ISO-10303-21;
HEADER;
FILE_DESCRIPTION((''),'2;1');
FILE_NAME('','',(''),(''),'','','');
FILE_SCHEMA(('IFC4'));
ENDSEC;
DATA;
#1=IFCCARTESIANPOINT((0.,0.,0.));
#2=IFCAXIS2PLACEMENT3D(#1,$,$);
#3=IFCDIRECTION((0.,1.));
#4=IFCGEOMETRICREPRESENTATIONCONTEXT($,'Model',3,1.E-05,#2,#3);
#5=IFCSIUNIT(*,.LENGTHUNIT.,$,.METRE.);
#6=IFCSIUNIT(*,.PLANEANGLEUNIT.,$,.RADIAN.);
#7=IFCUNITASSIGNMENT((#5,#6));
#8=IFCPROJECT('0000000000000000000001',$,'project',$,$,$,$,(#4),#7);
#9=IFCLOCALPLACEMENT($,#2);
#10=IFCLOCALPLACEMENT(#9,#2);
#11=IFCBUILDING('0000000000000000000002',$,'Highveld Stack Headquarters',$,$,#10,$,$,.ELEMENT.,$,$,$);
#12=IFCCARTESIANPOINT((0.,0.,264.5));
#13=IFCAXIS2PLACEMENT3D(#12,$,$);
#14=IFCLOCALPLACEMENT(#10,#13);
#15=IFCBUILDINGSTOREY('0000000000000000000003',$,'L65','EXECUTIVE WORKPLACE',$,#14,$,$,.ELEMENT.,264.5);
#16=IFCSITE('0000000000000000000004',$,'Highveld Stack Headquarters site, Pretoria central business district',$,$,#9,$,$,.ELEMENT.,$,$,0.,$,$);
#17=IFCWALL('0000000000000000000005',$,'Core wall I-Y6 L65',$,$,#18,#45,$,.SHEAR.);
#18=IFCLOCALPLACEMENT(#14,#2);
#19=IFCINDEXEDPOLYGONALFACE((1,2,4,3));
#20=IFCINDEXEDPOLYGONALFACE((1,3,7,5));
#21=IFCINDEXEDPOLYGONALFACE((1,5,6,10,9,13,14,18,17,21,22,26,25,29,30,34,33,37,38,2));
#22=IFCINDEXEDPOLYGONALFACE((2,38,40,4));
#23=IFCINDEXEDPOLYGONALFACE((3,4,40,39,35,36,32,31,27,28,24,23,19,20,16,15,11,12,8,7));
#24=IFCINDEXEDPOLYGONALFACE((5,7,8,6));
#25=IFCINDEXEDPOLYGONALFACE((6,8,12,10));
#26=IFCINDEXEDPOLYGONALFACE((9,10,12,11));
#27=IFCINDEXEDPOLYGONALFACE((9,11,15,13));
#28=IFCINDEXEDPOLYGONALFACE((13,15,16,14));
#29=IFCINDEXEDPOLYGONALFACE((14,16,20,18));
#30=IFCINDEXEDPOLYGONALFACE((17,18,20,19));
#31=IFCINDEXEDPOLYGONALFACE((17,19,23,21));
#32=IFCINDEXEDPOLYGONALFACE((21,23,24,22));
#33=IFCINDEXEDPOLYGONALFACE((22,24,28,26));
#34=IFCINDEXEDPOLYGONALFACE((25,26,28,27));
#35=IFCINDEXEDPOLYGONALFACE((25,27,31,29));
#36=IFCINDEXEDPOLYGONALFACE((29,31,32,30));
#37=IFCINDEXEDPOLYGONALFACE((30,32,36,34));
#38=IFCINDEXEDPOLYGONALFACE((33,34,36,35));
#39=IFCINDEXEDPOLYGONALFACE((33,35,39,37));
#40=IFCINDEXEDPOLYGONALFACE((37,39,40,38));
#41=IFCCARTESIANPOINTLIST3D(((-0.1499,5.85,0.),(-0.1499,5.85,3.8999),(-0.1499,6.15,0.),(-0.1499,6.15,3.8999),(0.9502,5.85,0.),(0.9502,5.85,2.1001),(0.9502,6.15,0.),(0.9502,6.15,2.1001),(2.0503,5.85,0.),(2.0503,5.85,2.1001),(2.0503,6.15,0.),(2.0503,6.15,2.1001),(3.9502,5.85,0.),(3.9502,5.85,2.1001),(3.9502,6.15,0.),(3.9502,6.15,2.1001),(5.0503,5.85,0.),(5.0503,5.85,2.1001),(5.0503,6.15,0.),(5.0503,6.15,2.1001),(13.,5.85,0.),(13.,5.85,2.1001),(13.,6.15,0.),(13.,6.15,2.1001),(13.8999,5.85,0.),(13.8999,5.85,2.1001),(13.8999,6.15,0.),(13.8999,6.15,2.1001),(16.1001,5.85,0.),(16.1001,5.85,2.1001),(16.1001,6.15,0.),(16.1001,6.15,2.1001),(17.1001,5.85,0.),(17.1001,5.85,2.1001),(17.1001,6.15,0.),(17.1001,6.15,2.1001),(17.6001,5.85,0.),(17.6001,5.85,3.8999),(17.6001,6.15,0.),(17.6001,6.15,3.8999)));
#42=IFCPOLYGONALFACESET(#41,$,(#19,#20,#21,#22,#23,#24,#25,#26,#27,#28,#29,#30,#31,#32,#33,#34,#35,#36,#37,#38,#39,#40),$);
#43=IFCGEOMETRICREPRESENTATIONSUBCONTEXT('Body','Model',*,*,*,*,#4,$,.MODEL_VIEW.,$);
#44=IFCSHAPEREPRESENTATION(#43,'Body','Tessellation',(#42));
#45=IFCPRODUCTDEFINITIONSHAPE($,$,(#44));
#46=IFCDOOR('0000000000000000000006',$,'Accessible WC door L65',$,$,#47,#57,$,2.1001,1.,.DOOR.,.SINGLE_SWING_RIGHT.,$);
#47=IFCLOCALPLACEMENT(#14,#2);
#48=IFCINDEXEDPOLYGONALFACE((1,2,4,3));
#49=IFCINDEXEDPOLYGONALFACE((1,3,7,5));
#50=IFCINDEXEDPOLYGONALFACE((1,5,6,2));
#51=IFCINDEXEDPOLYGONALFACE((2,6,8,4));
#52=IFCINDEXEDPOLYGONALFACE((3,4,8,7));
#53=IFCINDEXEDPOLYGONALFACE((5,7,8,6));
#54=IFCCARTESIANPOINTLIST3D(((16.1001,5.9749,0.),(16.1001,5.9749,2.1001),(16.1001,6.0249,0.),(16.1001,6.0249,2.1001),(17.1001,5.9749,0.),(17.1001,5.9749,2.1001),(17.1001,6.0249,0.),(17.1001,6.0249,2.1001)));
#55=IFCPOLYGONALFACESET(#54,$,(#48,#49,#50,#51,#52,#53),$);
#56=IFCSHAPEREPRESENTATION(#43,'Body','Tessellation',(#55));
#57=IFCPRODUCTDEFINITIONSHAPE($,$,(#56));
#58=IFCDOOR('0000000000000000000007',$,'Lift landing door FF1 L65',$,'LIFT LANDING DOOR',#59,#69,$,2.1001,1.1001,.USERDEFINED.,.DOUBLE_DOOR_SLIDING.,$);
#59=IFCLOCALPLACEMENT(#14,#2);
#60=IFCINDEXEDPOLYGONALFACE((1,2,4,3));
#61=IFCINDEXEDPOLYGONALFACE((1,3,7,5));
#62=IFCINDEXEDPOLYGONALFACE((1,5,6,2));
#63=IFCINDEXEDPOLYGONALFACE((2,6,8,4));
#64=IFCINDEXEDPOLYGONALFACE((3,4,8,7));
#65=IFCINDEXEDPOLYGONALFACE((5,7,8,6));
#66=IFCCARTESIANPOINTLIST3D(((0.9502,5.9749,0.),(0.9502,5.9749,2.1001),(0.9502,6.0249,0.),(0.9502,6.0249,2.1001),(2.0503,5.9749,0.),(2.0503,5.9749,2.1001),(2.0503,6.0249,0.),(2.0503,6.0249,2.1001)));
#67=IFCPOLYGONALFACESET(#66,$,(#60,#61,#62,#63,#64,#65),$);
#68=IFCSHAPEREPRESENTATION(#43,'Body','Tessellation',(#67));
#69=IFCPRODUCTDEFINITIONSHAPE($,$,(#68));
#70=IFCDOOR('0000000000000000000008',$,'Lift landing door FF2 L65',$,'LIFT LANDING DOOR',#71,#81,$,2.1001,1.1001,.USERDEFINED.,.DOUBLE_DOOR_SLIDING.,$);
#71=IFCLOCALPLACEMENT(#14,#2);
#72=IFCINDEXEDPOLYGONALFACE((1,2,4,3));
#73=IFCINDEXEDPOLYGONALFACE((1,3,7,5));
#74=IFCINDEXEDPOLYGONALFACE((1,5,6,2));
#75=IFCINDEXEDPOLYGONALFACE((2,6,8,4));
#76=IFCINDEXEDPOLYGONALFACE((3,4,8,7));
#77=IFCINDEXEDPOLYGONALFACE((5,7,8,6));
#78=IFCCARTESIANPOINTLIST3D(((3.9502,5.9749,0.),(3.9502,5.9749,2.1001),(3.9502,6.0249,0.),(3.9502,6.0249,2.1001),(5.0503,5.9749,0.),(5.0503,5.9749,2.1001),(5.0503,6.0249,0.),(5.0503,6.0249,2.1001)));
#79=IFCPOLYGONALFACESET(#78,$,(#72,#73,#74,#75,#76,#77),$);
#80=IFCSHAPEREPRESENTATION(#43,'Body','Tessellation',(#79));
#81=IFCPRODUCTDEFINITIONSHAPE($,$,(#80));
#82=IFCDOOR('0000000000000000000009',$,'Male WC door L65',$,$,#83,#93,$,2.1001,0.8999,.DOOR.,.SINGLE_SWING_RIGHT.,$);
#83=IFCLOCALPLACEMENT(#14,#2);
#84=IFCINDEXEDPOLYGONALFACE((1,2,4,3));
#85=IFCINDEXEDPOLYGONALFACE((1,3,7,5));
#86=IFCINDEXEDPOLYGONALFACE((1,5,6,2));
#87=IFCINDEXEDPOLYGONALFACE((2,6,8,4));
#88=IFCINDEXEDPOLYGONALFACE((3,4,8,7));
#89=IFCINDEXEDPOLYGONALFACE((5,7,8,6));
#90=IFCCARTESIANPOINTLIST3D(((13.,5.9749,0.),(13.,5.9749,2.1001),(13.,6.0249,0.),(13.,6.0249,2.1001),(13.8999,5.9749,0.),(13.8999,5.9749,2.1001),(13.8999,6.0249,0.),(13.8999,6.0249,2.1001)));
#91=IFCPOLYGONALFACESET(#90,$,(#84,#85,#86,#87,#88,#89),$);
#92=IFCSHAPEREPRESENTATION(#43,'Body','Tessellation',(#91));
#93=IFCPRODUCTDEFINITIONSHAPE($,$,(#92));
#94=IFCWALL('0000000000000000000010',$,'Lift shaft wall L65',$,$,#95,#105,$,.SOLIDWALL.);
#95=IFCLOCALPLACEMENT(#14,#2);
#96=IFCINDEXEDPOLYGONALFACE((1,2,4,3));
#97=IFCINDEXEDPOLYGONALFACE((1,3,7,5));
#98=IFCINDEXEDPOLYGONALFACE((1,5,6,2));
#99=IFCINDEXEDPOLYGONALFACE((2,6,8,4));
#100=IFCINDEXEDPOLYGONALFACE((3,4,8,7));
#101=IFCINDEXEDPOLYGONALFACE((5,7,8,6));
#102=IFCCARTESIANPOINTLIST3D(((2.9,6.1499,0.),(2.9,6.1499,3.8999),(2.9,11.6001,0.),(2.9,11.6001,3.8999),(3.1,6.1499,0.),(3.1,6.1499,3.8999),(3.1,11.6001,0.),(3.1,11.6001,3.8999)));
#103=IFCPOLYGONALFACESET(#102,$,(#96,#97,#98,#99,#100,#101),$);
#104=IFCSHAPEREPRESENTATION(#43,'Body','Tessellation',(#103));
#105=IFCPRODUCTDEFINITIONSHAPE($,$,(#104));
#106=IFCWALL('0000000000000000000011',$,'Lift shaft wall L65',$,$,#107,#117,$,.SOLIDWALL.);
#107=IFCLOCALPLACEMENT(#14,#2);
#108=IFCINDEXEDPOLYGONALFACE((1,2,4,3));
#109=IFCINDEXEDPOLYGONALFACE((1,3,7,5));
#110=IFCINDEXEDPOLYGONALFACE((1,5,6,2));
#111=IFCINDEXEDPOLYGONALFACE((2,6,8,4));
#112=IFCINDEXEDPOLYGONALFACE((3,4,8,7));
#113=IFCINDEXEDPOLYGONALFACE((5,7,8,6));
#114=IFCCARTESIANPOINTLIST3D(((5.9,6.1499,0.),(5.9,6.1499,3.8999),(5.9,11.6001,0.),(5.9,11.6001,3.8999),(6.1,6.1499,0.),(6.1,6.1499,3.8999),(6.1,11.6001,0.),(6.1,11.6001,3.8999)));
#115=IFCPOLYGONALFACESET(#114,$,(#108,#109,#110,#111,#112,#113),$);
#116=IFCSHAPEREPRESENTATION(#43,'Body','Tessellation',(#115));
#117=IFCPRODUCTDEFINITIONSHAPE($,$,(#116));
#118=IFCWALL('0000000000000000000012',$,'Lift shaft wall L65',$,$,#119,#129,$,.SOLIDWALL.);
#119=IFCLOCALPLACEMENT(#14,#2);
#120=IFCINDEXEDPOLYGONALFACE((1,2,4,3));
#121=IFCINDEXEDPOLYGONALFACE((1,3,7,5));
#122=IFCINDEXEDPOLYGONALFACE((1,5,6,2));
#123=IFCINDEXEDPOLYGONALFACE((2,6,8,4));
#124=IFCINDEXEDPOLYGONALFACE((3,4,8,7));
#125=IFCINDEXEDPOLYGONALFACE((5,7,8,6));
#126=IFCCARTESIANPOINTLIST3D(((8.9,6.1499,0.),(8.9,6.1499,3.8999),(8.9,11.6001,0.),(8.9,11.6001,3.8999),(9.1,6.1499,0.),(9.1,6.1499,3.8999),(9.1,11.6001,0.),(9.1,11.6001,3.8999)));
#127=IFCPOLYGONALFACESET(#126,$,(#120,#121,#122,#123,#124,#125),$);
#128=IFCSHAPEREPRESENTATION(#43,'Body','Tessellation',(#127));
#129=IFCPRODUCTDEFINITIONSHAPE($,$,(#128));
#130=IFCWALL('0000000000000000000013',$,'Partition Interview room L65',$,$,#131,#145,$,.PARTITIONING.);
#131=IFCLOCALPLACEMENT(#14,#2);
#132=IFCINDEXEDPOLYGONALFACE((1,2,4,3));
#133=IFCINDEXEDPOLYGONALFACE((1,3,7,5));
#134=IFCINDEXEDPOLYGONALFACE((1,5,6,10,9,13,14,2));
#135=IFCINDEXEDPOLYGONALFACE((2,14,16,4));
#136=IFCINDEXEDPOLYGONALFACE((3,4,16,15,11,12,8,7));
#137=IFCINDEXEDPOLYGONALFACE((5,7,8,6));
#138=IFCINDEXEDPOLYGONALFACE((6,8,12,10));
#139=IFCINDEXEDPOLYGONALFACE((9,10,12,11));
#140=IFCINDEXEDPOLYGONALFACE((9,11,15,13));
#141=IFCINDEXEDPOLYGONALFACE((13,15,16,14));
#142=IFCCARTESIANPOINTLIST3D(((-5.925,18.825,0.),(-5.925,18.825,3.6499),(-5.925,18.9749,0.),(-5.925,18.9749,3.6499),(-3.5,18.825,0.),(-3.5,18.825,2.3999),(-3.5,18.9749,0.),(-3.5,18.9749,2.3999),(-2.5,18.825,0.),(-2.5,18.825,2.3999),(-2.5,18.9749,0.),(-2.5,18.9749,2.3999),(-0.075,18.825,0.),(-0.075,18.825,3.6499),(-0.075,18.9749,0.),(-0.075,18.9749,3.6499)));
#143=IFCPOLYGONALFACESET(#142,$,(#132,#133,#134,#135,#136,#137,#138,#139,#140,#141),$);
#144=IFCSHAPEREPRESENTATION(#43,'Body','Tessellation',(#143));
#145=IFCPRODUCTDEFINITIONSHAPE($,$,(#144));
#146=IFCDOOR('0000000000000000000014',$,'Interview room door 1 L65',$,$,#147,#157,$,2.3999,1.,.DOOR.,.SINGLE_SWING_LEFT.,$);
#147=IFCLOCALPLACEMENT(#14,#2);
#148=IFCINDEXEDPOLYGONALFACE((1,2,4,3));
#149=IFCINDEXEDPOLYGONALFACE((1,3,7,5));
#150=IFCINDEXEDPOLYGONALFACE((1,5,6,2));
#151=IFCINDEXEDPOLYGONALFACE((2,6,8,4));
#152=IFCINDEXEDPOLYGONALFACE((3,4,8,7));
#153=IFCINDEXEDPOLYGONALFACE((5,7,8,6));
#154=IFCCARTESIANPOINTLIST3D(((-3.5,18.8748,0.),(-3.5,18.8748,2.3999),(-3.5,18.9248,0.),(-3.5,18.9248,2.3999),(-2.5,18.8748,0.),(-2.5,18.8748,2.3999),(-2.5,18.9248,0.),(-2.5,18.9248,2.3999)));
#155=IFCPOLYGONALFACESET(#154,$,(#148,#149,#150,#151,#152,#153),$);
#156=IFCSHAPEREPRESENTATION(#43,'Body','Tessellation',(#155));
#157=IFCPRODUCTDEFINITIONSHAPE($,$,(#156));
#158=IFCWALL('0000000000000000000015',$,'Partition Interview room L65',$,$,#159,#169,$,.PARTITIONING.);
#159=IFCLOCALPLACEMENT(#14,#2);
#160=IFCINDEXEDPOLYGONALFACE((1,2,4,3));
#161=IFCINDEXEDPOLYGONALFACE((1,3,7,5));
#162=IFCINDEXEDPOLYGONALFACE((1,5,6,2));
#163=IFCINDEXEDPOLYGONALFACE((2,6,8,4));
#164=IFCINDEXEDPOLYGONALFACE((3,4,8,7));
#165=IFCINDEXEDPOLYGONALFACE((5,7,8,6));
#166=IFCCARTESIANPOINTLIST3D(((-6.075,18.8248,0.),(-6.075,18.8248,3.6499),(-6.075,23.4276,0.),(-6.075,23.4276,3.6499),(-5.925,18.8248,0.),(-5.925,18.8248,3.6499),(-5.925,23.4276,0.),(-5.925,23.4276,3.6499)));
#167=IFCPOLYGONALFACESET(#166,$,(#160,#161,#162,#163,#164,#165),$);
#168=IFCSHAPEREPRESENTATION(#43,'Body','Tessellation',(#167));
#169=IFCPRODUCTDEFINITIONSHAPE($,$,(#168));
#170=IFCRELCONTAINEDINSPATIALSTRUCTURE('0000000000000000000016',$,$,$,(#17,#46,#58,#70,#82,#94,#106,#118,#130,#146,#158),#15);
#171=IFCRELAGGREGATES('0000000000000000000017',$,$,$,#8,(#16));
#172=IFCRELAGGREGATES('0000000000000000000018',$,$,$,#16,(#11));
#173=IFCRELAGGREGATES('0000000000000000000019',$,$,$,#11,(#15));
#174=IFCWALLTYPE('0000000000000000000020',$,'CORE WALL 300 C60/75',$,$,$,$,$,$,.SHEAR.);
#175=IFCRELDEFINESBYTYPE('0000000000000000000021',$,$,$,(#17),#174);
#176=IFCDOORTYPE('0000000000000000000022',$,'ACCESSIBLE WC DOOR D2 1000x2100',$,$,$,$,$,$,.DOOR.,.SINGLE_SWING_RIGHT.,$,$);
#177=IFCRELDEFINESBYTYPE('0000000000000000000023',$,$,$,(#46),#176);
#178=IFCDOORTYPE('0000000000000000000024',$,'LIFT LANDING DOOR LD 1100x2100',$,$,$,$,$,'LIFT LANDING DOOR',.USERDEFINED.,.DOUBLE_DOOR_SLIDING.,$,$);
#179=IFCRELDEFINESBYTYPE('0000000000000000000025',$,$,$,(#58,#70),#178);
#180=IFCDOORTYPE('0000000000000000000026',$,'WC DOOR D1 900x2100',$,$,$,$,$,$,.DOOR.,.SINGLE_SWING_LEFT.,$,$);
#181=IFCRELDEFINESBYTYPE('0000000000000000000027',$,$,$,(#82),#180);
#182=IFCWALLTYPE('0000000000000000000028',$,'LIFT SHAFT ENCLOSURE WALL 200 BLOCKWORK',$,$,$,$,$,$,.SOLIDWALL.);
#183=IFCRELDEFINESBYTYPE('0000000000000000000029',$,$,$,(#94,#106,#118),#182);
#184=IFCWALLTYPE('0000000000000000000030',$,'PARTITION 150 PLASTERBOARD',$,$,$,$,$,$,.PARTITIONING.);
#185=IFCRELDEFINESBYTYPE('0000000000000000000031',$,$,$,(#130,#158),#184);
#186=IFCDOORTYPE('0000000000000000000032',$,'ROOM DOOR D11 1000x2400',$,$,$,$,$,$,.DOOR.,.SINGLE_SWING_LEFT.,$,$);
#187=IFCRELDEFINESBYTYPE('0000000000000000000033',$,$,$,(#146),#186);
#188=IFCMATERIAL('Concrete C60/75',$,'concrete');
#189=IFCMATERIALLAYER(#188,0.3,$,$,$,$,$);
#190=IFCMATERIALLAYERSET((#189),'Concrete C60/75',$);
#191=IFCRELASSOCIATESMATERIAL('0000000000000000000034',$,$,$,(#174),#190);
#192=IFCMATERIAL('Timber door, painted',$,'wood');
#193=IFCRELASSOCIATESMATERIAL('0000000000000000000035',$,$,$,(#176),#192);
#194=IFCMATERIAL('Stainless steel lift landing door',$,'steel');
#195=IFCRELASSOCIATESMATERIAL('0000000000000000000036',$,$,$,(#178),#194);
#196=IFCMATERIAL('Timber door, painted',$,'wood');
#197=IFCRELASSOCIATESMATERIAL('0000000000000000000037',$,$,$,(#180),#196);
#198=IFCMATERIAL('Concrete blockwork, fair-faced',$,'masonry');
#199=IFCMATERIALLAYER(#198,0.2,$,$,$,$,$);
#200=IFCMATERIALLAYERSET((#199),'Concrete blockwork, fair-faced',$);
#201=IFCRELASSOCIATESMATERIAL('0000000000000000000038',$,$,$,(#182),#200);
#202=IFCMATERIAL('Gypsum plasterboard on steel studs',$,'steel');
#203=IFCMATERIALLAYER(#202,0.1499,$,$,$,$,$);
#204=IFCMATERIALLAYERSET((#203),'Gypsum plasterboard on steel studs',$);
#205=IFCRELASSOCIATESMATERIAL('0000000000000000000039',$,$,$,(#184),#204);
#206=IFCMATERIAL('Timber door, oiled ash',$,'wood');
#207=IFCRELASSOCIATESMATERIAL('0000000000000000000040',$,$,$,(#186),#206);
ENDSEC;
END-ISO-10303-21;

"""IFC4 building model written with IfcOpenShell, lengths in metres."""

from ifc_helpers import new_model, si_unit, direction, frame, frame_2d, origin, place, context, subcontext, project, spatial, rectangle, extrude, material, layer, layer_set, type_object, element, fill, save


model = new_model("IFC4")

# Units and contexts
model_context = context("Model", 3, precision=1e-05, world=origin(), true_north=direction((0.0, 1.0)))
body_context = subcontext(model_context, "Body", "Model", "MODEL_VIEW")
ifc_project = project(units=[si_unit("LENGTHUNIT", "METRE"), si_unit("PLANEANGLEUNIT", "RADIAN")], contexts=[model_context])

# Site, building, storey
site_placement = place(None, origin())
site = spatial("IfcSite", under=ifc_project, at=site_placement, Name="Highveld Stack Headquarters site, Pretoria central business district", CompositionType="ELEMENT", RefElevation=0.0)
building_placement = place(site_placement, origin())
building = spatial("IfcBuilding", under=site, at=building_placement, Name="Highveld Stack Headquarters", CompositionType="ELEMENT")
storey_placement = place(building_placement, frame((0.0, 0.0, 264.5)))
storey = spatial("IfcBuildingStorey", under=building, at=storey_placement, Name="L65", Description="EXECUTIVE WORKPLACE", CompositionType="ELEMENT", Elevation=264.5)

# Wall, openings, doors
ifc_material_1 = material(Name="Concrete C60/75", Category="concrete")
ifc_layer_1 = layer(ifc_material_1, 0.3)
ifc_layer_set_1 = layer_set([ifc_layer_1], Name="Concrete C60/75")
wall_type_1 = type_object("IfcWallType", Name="CORE WALL 300 C60/75", PredefinedType="SHEAR", material=ifc_layer_set_1)
wall_1_placement = place(storey_placement, frame((-0.1499, 6.0, 0.0), z_axis=(0.0, 0.0, 1.0), x_axis=(1.0, 0.0, 0.0)))
wall_1 = element("IfcWall", 1, at=wall_1_placement, inside=storey, type_object=wall_type_1, Name="Core wall I-Y6 L65", PredefinedType="SHEAR", context=body_context, shape_type="SweptSolid", body=[
    extrude(rectangle(XDim=17.75, YDim=0.3, at=frame_2d((8.875, 0.0))), origin(), (0.0, 0.0, 1.0), 3.8999),
])
opening_1_placement = place(wall_1_placement, frame((13.1499, 0.0, 0.0)))
opening_1 = element("IfcOpeningElement", 2, at=opening_1_placement, cuts=wall_1, PredefinedType="OPENING", context=body_context, shape_type="SweptSolid", body=[
    extrude(rectangle(XDim=0.8999, YDim=2.1001, at=frame_2d((0.45, 1.05))), frame((0.0, 0.1599, 0.0), z_axis=(0.0, -1.0, 0.0), x_axis=(1.0, 0.0, 0.0)), (0.0, 0.0, 1.0), 0.3201),
])
opening_2_placement = place(wall_1_placement, frame((16.25, 0.0, 0.0)))
opening_2 = element("IfcOpeningElement", 3, at=opening_2_placement, cuts=wall_1, PredefinedType="OPENING", context=body_context, shape_type="SweptSolid", body=[
    extrude(rectangle(XDim=1.0, YDim=2.1001, at=frame_2d((0.5, 1.05))), frame((0.0, 0.1599, 0.0), z_axis=(0.0, -1.0, 0.0), x_axis=(1.0, 0.0, 0.0)), (0.0, 0.0, 1.0), 0.3201),
])
opening_3_placement = place(wall_1_placement, frame((1.1001, 0.0, 0.0)))
opening_3 = element("IfcOpeningElement", 4, at=opening_3_placement, cuts=wall_1, PredefinedType="OPENING", context=body_context, shape_type="SweptSolid", body=[
    extrude(rectangle(XDim=1.1001, YDim=2.1001, at=frame_2d((0.55, 1.05))), frame((0.0, 0.1599, 0.0), z_axis=(0.0, -1.0, 0.0), x_axis=(1.0, 0.0, 0.0)), (0.0, 0.0, 1.0), 0.3201),
])
opening_4_placement = place(wall_1_placement, frame((4.1001, 0.0, 0.0)))
opening_4 = element("IfcOpeningElement", 5, at=opening_4_placement, cuts=wall_1, PredefinedType="OPENING", context=body_context, shape_type="SweptSolid", body=[
    extrude(rectangle(XDim=1.1001, YDim=2.1001, at=frame_2d((0.55, 1.05))), frame((0.0, 0.1599, 0.0), z_axis=(0.0, -1.0, 0.0), x_axis=(1.0, 0.0, 0.0)), (0.0, 0.0, 1.0), 0.3201),
])
ifc_material_2 = material(Name="Timber door, painted", Category="wood")
door_type_1 = type_object("IfcDoorType", Name="ACCESSIBLE WC DOOR D2 1000x2100", OperationType="SINGLE_SWING_RIGHT", PredefinedType="DOOR", material=ifc_material_2)
door_1_placement = place(opening_2_placement, origin())
door_1 = element("IfcDoor", 6, at=door_1_placement, inside=storey, type_object=door_type_1, Name="Accessible WC door L65", OperationType="SINGLE_SWING_RIGHT", OverallHeight=2.1001, OverallWidth=1.0, PredefinedType="DOOR", context=body_context, shape_type="SweptSolid", body=[
    extrude(rectangle(XDim=1.0, YDim=2.1001, at=frame_2d((0.5, 1.05))), frame((0.0, 0.0249, 0.0), z_axis=(0.0, -1.0, 0.0), x_axis=(1.0, 0.0, 0.0)), (0.0, 0.0, 1.0), 0.05),
])
fill(opening_2, door_1)
ifc_material_3 = material(Name="Stainless steel lift landing door", Category="steel")
door_type_2 = type_object("IfcDoorType", Name="LIFT LANDING DOOR LD 1100x2100", ElementType="LIFT LANDING DOOR", OperationType="DOUBLE_DOOR_SLIDING", PredefinedType="USERDEFINED", material=ifc_material_3)
door_2_placement = place(opening_3_placement, origin())
door_2 = element("IfcDoor", 7, at=door_2_placement, inside=storey, type_object=door_type_2, Name="Lift landing door FF1 L65", ObjectType="LIFT LANDING DOOR", OperationType="DOUBLE_DOOR_SLIDING", OverallHeight=2.1001, OverallWidth=1.1001, PredefinedType="USERDEFINED", context=body_context, shape_type="SweptSolid", body=[
    extrude(rectangle(XDim=1.1001, YDim=2.1001, at=frame_2d((0.55, 1.05))), frame((0.0, 0.0249, 0.0), z_axis=(0.0, -1.0, 0.0), x_axis=(1.0, 0.0, 0.0)), (0.0, 0.0, 1.0), 0.05),
])
fill(opening_3, door_2)
door_3_placement = place(opening_4_placement, origin())
door_3 = element("IfcDoor", 8, at=door_3_placement, inside=storey, type_object=door_type_2, Name="Lift landing door FF2 L65", ObjectType="LIFT LANDING DOOR", OperationType="DOUBLE_DOOR_SLIDING", OverallHeight=2.1001, OverallWidth=1.1001, PredefinedType="USERDEFINED", context=body_context, shape_type="SweptSolid", body=[
    extrude(rectangle(XDim=1.1001, YDim=2.1001, at=frame_2d((0.55, 1.05))), frame((0.0, 0.0249, 0.0), z_axis=(0.0, -1.0, 0.0), x_axis=(1.0, 0.0, 0.0)), (0.0, 0.0, 1.0), 0.05),
])
fill(opening_4, door_3)
ifc_material_4 = material(Name="Timber door, painted", Category="wood")
door_type_3 = type_object("IfcDoorType", Name="WC DOOR D1 900x2100", OperationType="SINGLE_SWING_LEFT", PredefinedType="DOOR", material=ifc_material_4)
door_4_placement = place(opening_1_placement, origin())
door_4 = element("IfcDoor", 9, at=door_4_placement, inside=storey, type_object=door_type_3, Name="Male WC door L65", OperationType="SINGLE_SWING_RIGHT", OverallHeight=2.1001, OverallWidth=0.8999, PredefinedType="DOOR", context=body_context, shape_type="SweptSolid", body=[
    extrude(rectangle(XDim=0.8999, YDim=2.1001, at=frame_2d((0.45, 1.05))), frame((0.0, 0.0249, 0.0), z_axis=(0.0, -1.0, 0.0), x_axis=(1.0, 0.0, 0.0)), (0.0, 0.0, 1.0), 0.05),
])
fill(opening_1, door_4)

# Walls
ifc_material_5 = material(Name="Concrete blockwork, fair-faced", Category="masonry")
ifc_layer_2 = layer(ifc_material_5, 0.2)
ifc_layer_set_2 = layer_set([ifc_layer_2], Name="Concrete blockwork, fair-faced")
wall_type_2 = type_object("IfcWallType", Name="LIFT SHAFT ENCLOSURE WALL 200 BLOCKWORK", PredefinedType="SOLIDWALL", material=ifc_layer_set_2)
for number, where, z_axis, x_axis, name in (
    (10, (3.0, 6.1499, 0.0), (0.0, 0.0, 1.0), (0.0, 1.0, 0.0), "Lift shaft wall L65"),
    (11, (6.0, 6.1499, 0.0), (0.0, 0.0, 1.0), (0.0, 1.0, 0.0), "Lift shaft wall L65"),
    (12, (9.0, 6.1499, 0.0), (0.0, 0.0, 1.0), (0.0, 1.0, 0.0), "Lift shaft wall L65"),
):
    element("IfcWall", number, at=place(storey_placement, frame(where, z_axis=z_axis, x_axis=x_axis)), inside=storey, type_object=wall_type_2, Name=name, PredefinedType="SOLIDWALL", context=body_context, shape_type="SweptSolid", body=[
        extrude(rectangle(XDim=5.4502, YDim=0.2, at=frame_2d((2.7251, 0.0))), origin(), (0.0, 0.0, 1.0), 3.8999),
    ])

# Wall, opening, door
ifc_material_6 = material(Name="Gypsum plasterboard on steel studs", Category="steel")
ifc_layer_3 = layer(ifc_material_6, 0.1499)
ifc_layer_set_3 = layer_set([ifc_layer_3], Name="Gypsum plasterboard on steel studs")
wall_type_3 = type_object("IfcWallType", Name="PARTITION 150 PLASTERBOARD", PredefinedType="PARTITIONING", material=ifc_layer_set_3)
wall_2_placement = place(storey_placement, frame((-5.925, 18.8999, 0.0), z_axis=(0.0, 0.0, 1.0), x_axis=(1.0, 0.0, 0.0)))
wall_2 = element("IfcWall", 13, at=wall_2_placement, inside=storey, type_object=wall_type_3, Name="Partition Interview room L65", PredefinedType="PARTITIONING", context=body_context, shape_type="SweptSolid", body=[
    extrude(rectangle(XDim=5.8501, YDim=0.1499, at=frame_2d((2.925, 0.0))), origin(), (0.0, 0.0, 1.0), 3.6499),
])
opening_5_placement = place(wall_2_placement, frame((2.425, 0.0, 0.0)))
opening_5 = element("IfcOpeningElement", 14, at=opening_5_placement, cuts=wall_2, PredefinedType="OPENING", context=body_context, shape_type="SweptSolid", body=[
    extrude(rectangle(XDim=1.0, YDim=2.3999, at=frame_2d((0.5, 1.2))), frame((0.0, 0.085, 0.0), z_axis=(0.0, -1.0, 0.0), x_axis=(1.0, 0.0, 0.0)), (0.0, 0.0, 1.0), 0.1699),
])
ifc_material_7 = material(Name="Timber door, oiled ash", Category="wood")
door_type_4 = type_object("IfcDoorType", Name="ROOM DOOR D11 1000x2400", OperationType="SINGLE_SWING_LEFT", PredefinedType="DOOR", material=ifc_material_7)
door_5_placement = place(opening_5_placement, origin())
door_5 = element("IfcDoor", 15, at=door_5_placement, inside=storey, type_object=door_type_4, Name="Interview room door 1 L65", OperationType="SINGLE_SWING_LEFT", OverallHeight=2.3999, OverallWidth=1.0, PredefinedType="DOOR", context=body_context, shape_type="SweptSolid", body=[
    extrude(rectangle(XDim=1.0, YDim=2.3999, at=frame_2d((0.5, 1.2))), frame((0.0, 0.0249, 0.0), z_axis=(0.0, -1.0, 0.0), x_axis=(1.0, 0.0, 0.0)), (0.0, 0.0, 1.0), 0.05),
])
fill(opening_5, door_5)

# Wall
wall_3_placement = place(storey_placement, frame((-6.0, 18.825, 0.0), z_axis=(0.0, 0.0, 1.0), x_axis=(0.0, 1.0, 0.0)))
element("IfcWall", 16, at=wall_3_placement, inside=storey, type_object=wall_type_3, Name="Partition Interview room L65", PredefinedType="PARTITIONING", context=body_context, shape_type="SweptSolid", body=[
    extrude(rectangle(XDim=4.6028, YDim=0.1499, at=frame_2d((2.3013, 0.0))), origin(), (0.0, 0.0, 1.0), 3.6499),
])

save(model, "model.ifc")
